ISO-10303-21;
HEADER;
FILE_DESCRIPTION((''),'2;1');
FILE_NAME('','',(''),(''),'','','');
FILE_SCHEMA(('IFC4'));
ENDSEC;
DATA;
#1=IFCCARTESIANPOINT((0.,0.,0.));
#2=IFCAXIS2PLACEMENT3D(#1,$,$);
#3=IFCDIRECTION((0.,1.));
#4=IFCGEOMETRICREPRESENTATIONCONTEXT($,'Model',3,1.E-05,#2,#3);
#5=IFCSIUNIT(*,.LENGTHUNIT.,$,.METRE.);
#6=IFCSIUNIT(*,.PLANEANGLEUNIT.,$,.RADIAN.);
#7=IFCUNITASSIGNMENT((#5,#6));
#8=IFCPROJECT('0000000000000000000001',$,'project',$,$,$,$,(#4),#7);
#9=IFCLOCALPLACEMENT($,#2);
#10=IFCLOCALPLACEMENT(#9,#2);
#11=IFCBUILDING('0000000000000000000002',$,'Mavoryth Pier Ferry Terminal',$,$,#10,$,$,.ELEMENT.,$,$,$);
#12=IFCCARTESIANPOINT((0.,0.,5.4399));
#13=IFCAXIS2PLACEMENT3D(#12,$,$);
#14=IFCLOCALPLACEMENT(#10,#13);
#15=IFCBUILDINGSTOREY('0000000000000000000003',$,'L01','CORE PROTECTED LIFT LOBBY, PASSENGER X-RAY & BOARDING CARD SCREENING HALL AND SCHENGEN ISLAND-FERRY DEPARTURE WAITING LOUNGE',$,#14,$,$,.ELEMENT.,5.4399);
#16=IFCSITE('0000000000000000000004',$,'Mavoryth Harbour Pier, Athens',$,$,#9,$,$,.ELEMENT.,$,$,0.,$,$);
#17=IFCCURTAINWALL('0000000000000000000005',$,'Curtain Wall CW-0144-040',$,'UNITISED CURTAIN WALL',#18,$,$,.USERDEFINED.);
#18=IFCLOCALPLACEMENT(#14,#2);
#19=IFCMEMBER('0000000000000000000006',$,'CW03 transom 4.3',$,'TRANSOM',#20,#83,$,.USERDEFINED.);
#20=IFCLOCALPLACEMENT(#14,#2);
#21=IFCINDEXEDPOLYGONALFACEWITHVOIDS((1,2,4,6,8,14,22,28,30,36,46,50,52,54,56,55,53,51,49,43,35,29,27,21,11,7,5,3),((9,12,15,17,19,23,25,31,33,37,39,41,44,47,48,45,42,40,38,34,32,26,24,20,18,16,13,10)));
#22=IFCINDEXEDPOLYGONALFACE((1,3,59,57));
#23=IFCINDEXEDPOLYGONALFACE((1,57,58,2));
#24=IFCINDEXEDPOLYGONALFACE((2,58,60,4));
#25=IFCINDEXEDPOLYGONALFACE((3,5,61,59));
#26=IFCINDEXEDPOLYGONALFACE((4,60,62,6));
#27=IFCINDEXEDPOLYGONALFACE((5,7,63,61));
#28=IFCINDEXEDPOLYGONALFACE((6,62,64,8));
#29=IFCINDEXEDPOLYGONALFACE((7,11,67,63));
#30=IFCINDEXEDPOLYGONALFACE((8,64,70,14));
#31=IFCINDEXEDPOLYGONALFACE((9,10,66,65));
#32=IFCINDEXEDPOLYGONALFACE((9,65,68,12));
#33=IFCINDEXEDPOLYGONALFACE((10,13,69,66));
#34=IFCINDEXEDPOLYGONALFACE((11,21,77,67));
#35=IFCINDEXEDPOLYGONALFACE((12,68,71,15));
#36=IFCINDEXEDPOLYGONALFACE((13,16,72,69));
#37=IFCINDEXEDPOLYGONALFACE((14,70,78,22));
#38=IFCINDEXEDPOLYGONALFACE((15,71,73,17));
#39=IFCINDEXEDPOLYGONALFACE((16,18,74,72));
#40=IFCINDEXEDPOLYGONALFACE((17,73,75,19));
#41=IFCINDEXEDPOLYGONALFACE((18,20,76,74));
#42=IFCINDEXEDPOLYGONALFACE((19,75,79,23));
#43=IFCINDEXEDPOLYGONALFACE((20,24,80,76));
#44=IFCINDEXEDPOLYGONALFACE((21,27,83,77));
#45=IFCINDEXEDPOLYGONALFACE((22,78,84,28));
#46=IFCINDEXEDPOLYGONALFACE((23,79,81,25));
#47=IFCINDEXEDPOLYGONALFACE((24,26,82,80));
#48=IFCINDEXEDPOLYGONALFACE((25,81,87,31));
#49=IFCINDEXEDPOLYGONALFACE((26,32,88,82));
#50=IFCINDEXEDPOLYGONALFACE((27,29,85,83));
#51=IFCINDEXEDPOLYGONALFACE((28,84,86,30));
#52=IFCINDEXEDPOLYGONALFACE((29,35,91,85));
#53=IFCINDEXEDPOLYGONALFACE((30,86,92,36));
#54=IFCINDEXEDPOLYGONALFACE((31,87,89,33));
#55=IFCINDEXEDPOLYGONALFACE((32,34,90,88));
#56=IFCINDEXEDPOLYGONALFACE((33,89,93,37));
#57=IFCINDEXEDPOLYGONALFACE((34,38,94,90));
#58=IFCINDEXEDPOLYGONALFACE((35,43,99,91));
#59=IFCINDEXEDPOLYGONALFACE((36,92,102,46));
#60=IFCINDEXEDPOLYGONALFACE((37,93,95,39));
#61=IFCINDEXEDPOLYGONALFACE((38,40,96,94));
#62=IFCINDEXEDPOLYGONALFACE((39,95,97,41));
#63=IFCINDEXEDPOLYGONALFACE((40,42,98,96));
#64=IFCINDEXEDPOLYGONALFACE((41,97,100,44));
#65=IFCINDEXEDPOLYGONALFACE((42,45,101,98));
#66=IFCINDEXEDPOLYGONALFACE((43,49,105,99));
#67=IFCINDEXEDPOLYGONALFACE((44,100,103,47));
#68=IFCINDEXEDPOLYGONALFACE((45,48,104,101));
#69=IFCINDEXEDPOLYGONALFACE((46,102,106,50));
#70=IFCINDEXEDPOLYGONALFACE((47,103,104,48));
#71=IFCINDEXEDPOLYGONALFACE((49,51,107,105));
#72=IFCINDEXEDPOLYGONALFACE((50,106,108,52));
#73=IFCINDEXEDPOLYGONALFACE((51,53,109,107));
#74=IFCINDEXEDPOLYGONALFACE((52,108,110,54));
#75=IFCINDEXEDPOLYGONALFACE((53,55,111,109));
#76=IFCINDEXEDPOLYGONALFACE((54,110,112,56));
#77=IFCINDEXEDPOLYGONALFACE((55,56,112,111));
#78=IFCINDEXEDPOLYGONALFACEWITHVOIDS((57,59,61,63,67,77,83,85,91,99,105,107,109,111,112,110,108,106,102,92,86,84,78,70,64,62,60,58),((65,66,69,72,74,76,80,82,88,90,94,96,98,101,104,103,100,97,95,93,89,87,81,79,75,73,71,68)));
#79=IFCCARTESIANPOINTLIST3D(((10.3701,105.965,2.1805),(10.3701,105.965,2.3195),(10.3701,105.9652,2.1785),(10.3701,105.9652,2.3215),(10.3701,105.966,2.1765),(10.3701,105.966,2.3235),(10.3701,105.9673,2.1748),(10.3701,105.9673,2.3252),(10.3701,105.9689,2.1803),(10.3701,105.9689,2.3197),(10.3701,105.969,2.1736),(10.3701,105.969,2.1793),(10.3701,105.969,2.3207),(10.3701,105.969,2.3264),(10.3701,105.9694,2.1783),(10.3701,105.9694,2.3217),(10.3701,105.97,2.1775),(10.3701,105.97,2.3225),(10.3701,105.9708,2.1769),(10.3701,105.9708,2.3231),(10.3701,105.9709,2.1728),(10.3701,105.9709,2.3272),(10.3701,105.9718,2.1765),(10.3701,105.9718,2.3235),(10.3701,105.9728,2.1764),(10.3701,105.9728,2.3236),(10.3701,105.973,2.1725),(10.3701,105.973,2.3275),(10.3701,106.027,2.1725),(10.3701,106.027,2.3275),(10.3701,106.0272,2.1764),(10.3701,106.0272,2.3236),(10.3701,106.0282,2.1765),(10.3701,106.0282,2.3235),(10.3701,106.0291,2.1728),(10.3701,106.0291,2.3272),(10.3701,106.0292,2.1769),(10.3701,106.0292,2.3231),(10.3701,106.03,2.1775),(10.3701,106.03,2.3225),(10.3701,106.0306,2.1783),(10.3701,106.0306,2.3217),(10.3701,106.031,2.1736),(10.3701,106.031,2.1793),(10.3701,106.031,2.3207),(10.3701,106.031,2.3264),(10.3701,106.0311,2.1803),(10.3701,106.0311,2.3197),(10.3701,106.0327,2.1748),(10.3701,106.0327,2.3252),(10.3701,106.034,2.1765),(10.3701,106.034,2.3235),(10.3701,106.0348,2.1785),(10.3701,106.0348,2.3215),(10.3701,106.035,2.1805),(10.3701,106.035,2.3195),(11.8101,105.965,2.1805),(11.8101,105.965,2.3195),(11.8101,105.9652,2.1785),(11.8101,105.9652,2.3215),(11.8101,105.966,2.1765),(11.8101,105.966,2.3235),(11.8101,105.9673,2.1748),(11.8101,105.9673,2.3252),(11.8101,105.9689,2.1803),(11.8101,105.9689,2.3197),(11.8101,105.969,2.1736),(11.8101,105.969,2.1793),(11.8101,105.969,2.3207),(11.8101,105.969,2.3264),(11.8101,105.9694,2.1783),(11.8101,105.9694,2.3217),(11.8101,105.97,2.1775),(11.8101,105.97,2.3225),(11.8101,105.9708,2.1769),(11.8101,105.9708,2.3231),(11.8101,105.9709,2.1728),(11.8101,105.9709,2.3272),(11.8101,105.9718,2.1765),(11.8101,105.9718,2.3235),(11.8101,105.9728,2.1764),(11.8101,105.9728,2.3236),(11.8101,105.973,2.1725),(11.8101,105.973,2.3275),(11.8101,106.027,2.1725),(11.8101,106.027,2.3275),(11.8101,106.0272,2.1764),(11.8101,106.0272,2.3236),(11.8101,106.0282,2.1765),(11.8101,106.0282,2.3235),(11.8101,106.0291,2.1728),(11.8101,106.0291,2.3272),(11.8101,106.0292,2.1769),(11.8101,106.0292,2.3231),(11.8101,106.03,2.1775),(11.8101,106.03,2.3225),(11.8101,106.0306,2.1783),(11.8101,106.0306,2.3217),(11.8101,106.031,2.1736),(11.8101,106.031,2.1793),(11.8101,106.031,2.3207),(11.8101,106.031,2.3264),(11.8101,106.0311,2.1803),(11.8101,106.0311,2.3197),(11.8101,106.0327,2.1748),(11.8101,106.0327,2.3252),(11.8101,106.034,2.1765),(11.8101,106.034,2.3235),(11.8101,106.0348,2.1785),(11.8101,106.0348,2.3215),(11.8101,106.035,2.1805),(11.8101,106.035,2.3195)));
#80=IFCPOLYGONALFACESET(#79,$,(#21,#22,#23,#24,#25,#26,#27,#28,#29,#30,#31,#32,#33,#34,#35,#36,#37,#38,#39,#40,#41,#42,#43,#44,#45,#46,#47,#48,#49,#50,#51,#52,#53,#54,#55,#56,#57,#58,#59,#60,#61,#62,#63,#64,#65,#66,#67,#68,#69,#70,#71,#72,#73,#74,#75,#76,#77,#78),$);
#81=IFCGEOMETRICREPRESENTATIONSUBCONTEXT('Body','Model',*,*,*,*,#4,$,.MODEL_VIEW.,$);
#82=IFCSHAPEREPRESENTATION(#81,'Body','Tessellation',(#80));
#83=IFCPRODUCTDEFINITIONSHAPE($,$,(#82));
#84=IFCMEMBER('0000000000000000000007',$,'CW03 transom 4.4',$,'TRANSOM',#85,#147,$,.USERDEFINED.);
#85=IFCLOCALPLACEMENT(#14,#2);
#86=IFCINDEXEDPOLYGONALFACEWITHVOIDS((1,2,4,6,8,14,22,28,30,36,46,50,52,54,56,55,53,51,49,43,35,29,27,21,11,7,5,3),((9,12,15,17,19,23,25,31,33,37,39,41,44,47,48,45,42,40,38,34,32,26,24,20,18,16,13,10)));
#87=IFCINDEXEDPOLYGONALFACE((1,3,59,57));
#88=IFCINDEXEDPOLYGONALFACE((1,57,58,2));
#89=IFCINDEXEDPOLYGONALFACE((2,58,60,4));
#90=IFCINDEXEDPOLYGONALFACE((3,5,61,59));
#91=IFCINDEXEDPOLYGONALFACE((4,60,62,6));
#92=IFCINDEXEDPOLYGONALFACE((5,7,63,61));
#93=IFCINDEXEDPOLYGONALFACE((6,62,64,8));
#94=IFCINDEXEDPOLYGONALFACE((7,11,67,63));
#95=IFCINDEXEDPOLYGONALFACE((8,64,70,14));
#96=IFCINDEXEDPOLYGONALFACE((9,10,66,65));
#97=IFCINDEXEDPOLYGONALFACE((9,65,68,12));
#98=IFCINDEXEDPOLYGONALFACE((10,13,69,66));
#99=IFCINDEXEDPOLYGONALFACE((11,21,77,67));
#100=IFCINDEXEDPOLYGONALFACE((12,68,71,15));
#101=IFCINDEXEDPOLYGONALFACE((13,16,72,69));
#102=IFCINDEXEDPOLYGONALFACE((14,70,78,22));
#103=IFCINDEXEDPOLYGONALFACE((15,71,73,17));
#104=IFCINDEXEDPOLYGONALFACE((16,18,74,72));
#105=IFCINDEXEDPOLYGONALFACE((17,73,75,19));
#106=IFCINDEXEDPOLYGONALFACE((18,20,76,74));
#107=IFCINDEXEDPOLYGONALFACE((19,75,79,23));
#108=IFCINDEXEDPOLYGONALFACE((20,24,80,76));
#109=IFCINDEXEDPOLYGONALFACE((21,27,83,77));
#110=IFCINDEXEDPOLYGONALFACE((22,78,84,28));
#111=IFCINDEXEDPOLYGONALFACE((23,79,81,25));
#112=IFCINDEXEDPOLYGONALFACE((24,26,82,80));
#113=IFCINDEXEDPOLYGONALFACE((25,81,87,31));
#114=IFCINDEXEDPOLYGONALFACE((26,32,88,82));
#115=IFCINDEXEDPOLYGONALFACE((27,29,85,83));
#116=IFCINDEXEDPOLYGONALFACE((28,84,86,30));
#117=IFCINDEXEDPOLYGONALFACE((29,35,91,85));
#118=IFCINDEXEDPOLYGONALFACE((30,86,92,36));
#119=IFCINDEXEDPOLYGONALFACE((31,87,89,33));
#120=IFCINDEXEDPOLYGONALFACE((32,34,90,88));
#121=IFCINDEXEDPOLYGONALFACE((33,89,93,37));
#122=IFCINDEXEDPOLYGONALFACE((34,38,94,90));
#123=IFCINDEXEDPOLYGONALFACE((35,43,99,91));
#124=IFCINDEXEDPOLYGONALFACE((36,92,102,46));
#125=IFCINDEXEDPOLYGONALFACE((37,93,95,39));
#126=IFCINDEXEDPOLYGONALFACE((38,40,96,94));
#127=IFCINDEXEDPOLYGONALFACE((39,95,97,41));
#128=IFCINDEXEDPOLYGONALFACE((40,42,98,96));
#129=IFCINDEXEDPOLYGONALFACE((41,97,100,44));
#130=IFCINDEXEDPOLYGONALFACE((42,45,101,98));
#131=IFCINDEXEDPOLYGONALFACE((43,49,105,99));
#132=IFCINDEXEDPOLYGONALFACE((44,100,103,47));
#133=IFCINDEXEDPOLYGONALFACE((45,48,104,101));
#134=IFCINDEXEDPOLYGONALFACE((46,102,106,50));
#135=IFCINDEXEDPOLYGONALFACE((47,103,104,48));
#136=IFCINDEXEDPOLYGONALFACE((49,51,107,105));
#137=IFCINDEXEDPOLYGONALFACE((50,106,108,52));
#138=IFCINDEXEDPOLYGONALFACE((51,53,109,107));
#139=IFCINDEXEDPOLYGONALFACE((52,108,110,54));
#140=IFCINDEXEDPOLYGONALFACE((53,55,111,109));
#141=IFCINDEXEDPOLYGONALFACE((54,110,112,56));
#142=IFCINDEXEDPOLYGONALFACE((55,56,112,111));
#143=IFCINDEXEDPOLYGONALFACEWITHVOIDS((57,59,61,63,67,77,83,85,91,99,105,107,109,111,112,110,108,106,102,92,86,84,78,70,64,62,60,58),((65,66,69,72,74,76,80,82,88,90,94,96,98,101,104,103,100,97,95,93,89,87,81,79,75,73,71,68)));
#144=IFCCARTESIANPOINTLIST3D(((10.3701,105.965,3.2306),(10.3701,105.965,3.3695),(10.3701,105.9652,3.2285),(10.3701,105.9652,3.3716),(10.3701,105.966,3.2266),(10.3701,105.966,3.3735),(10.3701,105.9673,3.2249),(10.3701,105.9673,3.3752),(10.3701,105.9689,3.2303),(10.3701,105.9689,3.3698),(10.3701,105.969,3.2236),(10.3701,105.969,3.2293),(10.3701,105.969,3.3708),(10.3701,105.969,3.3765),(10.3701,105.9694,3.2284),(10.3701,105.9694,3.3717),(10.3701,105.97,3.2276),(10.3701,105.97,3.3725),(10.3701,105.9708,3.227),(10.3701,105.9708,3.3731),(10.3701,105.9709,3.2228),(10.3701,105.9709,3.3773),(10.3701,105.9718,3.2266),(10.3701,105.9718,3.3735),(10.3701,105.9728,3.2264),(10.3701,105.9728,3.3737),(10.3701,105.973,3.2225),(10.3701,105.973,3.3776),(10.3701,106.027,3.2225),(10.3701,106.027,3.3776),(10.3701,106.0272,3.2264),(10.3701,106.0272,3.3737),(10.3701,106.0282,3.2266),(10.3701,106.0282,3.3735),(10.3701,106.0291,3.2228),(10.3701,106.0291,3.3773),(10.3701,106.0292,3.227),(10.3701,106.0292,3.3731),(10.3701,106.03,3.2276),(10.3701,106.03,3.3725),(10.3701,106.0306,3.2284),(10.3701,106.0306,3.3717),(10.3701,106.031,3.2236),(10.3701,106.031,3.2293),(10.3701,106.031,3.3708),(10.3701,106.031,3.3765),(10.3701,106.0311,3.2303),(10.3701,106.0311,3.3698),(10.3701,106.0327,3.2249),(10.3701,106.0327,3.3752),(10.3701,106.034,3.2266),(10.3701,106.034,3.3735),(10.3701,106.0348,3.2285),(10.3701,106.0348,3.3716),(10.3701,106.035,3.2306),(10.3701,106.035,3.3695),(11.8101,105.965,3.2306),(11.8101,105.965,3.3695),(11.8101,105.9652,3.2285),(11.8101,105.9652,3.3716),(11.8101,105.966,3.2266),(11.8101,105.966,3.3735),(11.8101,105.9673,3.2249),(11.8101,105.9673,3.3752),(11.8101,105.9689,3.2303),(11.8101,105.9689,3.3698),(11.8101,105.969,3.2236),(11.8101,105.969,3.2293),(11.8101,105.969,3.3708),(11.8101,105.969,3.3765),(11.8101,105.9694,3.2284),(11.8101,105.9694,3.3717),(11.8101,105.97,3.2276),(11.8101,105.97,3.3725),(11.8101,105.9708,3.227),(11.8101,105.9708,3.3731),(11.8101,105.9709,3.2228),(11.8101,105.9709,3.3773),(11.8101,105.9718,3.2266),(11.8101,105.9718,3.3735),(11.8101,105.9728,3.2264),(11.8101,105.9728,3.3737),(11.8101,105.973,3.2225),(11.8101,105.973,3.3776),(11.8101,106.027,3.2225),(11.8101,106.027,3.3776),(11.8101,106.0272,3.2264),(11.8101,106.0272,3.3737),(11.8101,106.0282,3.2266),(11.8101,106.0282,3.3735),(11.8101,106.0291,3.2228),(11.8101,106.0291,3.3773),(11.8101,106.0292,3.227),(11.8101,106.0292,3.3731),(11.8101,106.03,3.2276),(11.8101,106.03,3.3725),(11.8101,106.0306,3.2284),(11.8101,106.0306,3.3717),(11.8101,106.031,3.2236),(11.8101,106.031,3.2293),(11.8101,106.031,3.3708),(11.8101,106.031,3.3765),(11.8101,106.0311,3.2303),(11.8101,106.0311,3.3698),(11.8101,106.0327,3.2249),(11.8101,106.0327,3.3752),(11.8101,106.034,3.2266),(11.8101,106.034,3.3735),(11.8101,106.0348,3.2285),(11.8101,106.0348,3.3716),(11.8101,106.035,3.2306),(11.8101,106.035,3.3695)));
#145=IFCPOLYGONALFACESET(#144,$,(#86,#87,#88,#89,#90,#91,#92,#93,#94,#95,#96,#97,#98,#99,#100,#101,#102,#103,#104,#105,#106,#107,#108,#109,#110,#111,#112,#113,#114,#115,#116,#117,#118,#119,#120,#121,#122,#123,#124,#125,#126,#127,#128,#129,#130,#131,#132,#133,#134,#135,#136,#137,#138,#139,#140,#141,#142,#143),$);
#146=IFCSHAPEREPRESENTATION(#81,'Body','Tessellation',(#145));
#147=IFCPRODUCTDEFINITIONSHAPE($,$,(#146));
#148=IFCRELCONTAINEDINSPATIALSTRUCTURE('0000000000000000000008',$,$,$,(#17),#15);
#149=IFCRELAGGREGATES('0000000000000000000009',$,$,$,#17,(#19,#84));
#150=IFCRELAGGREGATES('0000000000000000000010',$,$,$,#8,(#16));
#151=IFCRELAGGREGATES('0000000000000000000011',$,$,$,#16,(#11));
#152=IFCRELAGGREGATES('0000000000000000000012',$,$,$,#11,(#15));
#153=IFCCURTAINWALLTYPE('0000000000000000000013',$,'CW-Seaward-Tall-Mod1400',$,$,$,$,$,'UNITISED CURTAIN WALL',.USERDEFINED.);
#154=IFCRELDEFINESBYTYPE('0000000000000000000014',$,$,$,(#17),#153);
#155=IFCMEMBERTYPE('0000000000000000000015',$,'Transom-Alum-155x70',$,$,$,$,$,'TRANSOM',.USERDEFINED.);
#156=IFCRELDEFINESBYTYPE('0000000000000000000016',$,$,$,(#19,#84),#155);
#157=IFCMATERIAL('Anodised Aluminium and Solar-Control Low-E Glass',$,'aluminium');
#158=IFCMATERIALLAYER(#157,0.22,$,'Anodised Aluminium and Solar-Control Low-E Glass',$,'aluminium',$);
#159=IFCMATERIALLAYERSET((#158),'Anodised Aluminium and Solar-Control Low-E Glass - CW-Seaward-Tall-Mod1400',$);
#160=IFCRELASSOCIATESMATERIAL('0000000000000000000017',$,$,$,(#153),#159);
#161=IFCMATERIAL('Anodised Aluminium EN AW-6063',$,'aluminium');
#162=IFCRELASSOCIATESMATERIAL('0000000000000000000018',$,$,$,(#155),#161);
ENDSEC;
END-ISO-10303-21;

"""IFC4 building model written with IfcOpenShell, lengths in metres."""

from ifc_helpers import new_model, si_unit, direction, frame, origin, origin_2d, place, context, subcontext, project, spatial, hollow_rectangle, extrude, material, layer, layer_set, material_profile, profile_set, type_object, element, aggregate, save


model = new_model("IFC4")

# Units and contexts
model_context = context("Model", 3, precision=1e-05, world=origin(), true_north=direction((0.0, 1.0)))
body_context = subcontext(model_context, "Body", "Model", "MODEL_VIEW")
ifc_project = project(units=[si_unit("LENGTHUNIT", "METRE"), si_unit("PLANEANGLEUNIT", "RADIAN")], contexts=[model_context])

# Site, building, storey
site_placement = place(None, origin())
site = spatial("IfcSite", under=ifc_project, at=site_placement, Name="Mavoryth Harbour Pier, Athens", CompositionType="ELEMENT", RefElevation=0.0)
building_placement = place(site_placement, origin())
building = spatial("IfcBuilding", under=site, at=building_placement, Name="Mavoryth Pier Ferry Terminal", CompositionType="ELEMENT")
storey_placement = place(building_placement, frame((0.0, 0.0, 5.4399)))
storey = spatial("IfcBuildingStorey", under=building, at=storey_placement, Name="L01", Description="CORE PROTECTED LIFT LOBBY, PASSENGER X-RAY & BOARDING CARD SCREENING HALL AND SCHENGEN ISLAND-FERRY DEPARTURE WAITING LOUNGE", CompositionType="ELEMENT", Elevation=5.4399)

# Curtain wall, members
ifc_material_1 = material(Name="Anodised Aluminium and Solar-Control Low-E Glass", Category="aluminium")
ifc_layer_1 = layer(ifc_material_1, 0.22, Name="Anodised Aluminium and Solar-Control Low-E Glass", Category="aluminium")
ifc_layer_set_1 = layer_set([ifc_layer_1], Name="Anodised Aluminium and Solar-Control Low-E Glass - CW-Seaward-Tall-Mod1400")
curtain_wall_type = type_object("IfcCurtainWallType", Name="CW-Seaward-Tall-Mod1400", ElementType="UNITISED CURTAIN WALL", PredefinedType="USERDEFINED", material=ifc_layer_set_1)
curtain_wall_placement = place(storey_placement, origin())
curtain_wall = element("IfcCurtainWall", 1, at=curtain_wall_placement, inside=storey, type_object=curtain_wall_type, Name="Curtain Wall CW-0144-040", ObjectType="UNITISED CURTAIN WALL", PredefinedType="USERDEFINED")
ifc_material_2 = material(Name="Anodised Aluminium EN AW-6063", Category="aluminium")
ifc_material_profile_1 = material_profile(ifc_material_2, hollow_rectangle(XDim=0.0701, YDim=0.155, WallThickness=0.0039, InnerFilletRadius=0.0039, OuterFilletRadius=0.0081, at=origin_2d()), Name="AL-TRAN 155x70x4", Category="aluminium")
ifc_profile_set_1 = profile_set([ifc_material_profile_1], Name="Anodised Aluminium EN AW-6063 - AL-TRAN 155x70x4")
member_type_1 = type_object("IfcMemberType", Name="Transom-Alum-155x70", ElementType="TRANSOM", PredefinedType="USERDEFINED", material=ifc_profile_set_1)
member_1_placement = place(storey_placement, frame((11.8101, 106.0, 2.25), z_axis=(-1.0, 0.0, 0.0), x_axis=(0.0, -1.0, 0.0)))
member_1 = element("IfcMember", 2, at=member_1_placement, type_object=member_type_1, Name="CW03 transom 4.3", ObjectType="TRANSOM", PredefinedType="USERDEFINED", context=body_context, shape_type="SweptSolid", body=[
    extrude(hollow_rectangle(XDim=0.0701, YDim=0.155, WallThickness=0.0039, InnerFilletRadius=0.0039, OuterFilletRadius=0.0081, at=origin_2d()), origin(), (0.0, 0.0, 1.0), 1.4399),
])
member_2_placement = place(storey_placement, frame((11.8101, 106.0, 3.3), z_axis=(-1.0, 0.0, 0.0), x_axis=(0.0, -1.0, 0.0)))
member_2 = element("IfcMember", 3, at=member_2_placement, type_object=member_type_1, Name="CW03 transom 4.4", ObjectType="TRANSOM", PredefinedType="USERDEFINED", context=body_context, shape_type="SweptSolid", body=[
    extrude(hollow_rectangle(XDim=0.0701, YDim=0.155, WallThickness=0.0039, InnerFilletRadius=0.0039, OuterFilletRadius=0.0081, at=origin_2d()), origin(), (0.0, 0.0, 1.0), 1.4399),
])
aggregate(curtain_wall, [member_1, member_2])

save(model, "model.ifc")
